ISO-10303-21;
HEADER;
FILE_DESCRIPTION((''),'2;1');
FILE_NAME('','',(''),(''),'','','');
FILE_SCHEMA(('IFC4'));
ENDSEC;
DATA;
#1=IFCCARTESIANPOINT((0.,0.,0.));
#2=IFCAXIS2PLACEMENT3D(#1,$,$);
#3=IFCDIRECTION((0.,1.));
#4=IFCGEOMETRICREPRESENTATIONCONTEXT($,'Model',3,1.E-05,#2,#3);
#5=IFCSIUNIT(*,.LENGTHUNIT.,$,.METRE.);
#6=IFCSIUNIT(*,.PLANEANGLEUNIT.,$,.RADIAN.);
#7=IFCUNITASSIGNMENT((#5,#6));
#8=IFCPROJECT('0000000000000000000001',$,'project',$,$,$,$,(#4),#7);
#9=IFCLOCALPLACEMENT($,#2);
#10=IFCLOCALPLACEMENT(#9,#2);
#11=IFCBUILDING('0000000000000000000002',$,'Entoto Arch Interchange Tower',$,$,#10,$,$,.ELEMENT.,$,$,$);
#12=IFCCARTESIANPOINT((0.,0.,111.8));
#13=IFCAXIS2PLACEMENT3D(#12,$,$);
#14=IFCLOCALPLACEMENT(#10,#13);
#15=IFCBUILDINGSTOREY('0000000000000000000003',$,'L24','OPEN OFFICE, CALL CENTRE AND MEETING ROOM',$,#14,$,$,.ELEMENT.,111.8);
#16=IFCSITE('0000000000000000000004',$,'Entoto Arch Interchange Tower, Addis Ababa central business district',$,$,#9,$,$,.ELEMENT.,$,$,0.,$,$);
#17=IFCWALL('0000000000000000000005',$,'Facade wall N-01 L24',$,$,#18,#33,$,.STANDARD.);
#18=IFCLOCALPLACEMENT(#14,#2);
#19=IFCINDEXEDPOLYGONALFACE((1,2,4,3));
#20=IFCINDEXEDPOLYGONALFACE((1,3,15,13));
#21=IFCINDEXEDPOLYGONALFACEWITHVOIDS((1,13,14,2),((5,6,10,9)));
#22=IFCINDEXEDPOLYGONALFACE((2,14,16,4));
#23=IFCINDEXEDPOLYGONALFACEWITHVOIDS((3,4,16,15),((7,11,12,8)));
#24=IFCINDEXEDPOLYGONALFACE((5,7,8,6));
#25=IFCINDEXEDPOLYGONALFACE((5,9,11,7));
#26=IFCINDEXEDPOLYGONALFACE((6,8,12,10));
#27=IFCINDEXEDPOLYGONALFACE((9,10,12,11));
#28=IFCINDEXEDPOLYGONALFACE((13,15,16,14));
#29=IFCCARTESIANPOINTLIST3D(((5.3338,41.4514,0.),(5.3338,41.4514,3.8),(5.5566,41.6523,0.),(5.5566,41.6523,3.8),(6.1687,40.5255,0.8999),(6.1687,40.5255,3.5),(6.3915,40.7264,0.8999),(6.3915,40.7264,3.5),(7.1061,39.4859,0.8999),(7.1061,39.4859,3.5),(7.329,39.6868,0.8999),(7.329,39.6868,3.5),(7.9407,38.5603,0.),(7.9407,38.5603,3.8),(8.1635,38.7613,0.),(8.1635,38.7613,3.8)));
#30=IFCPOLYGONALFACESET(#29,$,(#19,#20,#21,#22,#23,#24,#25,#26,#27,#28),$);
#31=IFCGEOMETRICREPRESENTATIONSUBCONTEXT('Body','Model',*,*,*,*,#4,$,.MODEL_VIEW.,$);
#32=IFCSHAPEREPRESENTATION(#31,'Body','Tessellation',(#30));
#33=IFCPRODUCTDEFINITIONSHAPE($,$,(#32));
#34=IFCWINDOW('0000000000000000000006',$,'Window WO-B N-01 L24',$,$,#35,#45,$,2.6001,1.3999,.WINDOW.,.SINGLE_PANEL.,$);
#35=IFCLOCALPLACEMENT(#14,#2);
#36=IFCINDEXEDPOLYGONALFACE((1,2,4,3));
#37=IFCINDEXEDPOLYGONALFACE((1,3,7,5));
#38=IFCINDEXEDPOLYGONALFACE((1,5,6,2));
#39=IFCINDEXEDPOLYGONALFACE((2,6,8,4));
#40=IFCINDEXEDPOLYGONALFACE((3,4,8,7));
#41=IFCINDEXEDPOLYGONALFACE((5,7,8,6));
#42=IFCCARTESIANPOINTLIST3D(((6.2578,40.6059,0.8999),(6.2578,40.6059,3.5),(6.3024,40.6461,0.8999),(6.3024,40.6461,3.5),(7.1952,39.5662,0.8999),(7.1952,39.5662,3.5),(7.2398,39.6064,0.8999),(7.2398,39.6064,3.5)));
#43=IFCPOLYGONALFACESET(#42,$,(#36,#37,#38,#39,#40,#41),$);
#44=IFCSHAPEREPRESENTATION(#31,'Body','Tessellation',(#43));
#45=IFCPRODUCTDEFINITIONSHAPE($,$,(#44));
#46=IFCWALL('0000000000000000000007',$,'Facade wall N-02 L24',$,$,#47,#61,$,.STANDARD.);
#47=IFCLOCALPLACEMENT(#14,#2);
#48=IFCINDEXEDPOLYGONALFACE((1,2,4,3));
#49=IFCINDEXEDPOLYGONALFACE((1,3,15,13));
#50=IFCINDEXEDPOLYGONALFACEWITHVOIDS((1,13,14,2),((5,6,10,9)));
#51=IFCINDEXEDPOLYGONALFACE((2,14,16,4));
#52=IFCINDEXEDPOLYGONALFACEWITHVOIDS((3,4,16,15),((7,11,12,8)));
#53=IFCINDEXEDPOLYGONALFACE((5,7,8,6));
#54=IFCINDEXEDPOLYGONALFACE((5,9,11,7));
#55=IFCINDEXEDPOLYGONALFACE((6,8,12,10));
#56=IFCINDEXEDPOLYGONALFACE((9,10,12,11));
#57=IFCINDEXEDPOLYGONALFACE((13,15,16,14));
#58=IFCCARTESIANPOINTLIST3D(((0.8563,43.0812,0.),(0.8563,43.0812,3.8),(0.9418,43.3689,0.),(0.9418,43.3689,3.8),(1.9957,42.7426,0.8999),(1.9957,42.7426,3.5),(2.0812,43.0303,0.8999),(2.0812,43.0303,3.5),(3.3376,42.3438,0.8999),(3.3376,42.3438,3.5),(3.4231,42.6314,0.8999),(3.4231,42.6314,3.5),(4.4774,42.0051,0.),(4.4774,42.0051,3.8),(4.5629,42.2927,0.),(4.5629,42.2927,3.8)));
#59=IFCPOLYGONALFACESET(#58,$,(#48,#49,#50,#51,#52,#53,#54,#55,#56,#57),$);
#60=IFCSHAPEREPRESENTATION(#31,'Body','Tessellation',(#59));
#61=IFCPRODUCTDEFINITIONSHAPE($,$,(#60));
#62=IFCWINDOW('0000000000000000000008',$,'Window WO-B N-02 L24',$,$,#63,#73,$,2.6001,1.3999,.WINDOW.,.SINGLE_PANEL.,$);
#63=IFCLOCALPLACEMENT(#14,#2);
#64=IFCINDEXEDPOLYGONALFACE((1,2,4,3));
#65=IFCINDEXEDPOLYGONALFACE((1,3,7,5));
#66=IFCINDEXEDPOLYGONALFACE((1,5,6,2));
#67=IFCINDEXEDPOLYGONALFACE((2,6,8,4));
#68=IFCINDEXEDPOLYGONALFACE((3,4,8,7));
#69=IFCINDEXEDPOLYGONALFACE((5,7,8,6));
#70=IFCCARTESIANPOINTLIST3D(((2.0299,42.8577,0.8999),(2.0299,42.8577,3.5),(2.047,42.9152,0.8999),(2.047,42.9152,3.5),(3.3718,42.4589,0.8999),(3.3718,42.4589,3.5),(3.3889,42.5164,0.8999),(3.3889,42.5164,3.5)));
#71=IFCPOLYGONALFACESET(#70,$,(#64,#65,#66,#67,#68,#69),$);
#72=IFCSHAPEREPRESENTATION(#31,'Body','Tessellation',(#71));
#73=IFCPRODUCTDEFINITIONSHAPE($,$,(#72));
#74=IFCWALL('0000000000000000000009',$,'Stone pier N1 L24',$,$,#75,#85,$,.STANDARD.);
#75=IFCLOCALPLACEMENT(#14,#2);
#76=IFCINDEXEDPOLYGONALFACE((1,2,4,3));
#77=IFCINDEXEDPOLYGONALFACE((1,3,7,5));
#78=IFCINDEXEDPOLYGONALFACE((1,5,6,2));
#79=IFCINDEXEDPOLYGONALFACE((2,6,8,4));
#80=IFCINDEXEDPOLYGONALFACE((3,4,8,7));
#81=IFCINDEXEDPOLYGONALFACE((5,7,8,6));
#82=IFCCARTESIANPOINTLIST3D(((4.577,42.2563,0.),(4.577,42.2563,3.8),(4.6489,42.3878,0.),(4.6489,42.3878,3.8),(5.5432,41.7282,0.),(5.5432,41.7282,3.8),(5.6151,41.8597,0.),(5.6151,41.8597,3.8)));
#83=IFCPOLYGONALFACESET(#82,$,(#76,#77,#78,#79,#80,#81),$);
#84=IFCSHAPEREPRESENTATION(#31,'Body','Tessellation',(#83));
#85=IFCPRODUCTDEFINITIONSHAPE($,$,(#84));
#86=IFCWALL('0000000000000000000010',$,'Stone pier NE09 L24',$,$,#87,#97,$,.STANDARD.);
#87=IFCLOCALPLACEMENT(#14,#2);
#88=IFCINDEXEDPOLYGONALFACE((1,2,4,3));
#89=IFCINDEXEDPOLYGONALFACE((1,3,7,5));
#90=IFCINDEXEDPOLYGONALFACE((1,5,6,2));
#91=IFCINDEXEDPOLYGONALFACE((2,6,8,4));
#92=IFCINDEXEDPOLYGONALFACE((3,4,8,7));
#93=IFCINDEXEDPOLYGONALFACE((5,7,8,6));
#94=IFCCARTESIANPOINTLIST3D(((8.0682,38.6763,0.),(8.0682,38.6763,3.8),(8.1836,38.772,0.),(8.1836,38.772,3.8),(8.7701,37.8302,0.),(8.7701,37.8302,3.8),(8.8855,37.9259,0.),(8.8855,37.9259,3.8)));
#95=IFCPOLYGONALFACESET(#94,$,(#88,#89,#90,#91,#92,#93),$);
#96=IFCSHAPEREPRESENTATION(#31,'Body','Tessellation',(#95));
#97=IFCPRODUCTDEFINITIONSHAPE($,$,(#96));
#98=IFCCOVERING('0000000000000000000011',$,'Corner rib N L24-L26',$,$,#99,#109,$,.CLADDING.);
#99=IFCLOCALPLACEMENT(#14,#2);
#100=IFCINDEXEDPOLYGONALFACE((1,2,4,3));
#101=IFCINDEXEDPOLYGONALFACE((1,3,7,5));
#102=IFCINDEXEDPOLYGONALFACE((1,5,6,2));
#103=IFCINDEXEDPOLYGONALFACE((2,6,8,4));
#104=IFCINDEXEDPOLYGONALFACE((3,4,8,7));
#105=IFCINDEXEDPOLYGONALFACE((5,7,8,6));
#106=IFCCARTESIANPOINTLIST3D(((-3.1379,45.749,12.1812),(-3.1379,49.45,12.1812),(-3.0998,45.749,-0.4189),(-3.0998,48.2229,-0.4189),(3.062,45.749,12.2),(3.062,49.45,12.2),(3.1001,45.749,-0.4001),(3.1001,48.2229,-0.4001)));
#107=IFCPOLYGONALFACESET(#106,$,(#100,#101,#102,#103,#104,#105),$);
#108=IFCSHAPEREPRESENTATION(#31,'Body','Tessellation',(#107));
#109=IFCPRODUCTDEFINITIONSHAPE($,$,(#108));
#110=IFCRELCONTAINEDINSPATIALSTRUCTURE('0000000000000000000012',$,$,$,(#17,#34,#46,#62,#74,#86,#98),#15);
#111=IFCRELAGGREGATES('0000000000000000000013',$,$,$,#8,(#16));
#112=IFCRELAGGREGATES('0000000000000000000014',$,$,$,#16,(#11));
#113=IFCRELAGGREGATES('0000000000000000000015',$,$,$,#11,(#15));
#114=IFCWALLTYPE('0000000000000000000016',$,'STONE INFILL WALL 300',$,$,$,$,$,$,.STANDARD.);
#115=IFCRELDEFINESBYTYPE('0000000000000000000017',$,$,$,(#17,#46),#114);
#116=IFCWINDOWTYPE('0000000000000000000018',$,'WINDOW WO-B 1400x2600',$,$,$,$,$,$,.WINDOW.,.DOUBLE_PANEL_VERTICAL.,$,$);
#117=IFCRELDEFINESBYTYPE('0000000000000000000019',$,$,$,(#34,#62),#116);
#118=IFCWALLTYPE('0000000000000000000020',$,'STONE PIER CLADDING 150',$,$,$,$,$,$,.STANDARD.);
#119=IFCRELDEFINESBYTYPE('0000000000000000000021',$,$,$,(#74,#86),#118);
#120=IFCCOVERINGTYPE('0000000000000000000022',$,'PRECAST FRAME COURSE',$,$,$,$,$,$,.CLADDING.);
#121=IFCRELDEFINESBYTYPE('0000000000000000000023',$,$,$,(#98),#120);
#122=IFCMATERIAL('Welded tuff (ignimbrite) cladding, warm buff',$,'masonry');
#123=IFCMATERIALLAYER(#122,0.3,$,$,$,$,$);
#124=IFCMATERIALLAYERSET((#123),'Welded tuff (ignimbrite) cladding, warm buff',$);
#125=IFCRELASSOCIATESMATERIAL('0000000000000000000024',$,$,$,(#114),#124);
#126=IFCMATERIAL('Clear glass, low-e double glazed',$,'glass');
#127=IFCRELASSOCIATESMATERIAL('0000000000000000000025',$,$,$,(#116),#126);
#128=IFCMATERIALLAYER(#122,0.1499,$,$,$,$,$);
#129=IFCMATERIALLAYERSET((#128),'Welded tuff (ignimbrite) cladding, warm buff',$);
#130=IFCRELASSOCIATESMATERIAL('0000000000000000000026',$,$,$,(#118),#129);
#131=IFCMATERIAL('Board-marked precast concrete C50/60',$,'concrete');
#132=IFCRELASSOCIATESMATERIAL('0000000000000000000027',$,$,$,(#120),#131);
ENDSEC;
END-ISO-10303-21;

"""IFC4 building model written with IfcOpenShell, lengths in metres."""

from ifc_helpers import new_model, si_unit, direction, frame, frame_2d, origin, place, context, subcontext, project, spatial, polyline, rectangle, outline, extrude, material, layer, layer_set, type_object, element, fill, save


model = new_model("IFC4")

# Units and contexts
model_context = context("Model", 3, precision=1e-05, world=origin(), true_north=direction((0.0, 1.0)))
body_context = subcontext(model_context, "Body", "Model", "MODEL_VIEW")
ifc_project = project(units=[si_unit("LENGTHUNIT", "METRE"), si_unit("PLANEANGLEUNIT", "RADIAN")], contexts=[model_context])

# Site, building, storey
site_placement = place(None, origin())
site = spatial("IfcSite", under=ifc_project, at=site_placement, Name="Entoto Arch Interchange Tower, Addis Ababa central business district", CompositionType="ELEMENT", RefElevation=0.0)
building_placement = place(site_placement, origin())
building = spatial("IfcBuilding", under=site, at=building_placement, Name="Entoto Arch Interchange Tower", CompositionType="ELEMENT")
storey_placement = place(building_placement, frame((0.0, 0.0, 111.8)))
storey = spatial("IfcBuildingStorey", under=building, at=storey_placement, Name="L24", Description="OPEN OFFICE, CALL CENTRE AND MEETING ROOM", CompositionType="ELEMENT", Elevation=111.8)

# Shared definitions
ifc_material_1 = material(Name="Welded tuff (ignimbrite) cladding, warm buff", Category="masonry")
ifc_layer_1 = layer(ifc_material_1, 0.3)
ifc_layer_set_1 = layer_set([ifc_layer_1], Name="Welded tuff (ignimbrite) cladding, warm buff")
wall_type_1 = type_object("IfcWallType", Name="STONE INFILL WALL 300", PredefinedType="STANDARD", material=ifc_layer_set_1)
ifc_material_2 = material(Name="Clear glass, low-e double glazed", Category="glass")

# Walls, openings, windows
wall_1_placement = place(storey_placement, frame((8.052, 38.6609, 0.0), z_axis=(0.0, 0.0, 1.0), x_axis=(-0.669664, 0.742664, 0.0)))
wall_1 = element("IfcWall", 1, at=wall_1_placement, inside=storey, type_object=wall_type_1, Name="Facade wall N-01 L24", PredefinedType="STANDARD", context=body_context, shape_type="SweptSolid", body=[
    extrude(rectangle(XDim=3.8928, YDim=0.3, at=frame_2d((1.9463, 0.0))), origin(), (0.0, 0.0, 1.0), 3.8),
])
opening_1_placement = place(wall_1_placement, frame((1.2461, 0.0, 0.8999)))
opening_1 = element("IfcOpeningElement", 2, at=opening_1_placement, cuts=wall_1, PredefinedType="OPENING", context=body_context, shape_type="SweptSolid", body=[
    extrude(rectangle(XDim=1.3999, YDim=2.6001, at=frame_2d((0.7, 1.3))), frame((0.0, 0.1602, 0.0), z_axis=(0.0, -1.0, 0.0), x_axis=(1.0, 0.0, 0.0)), (0.0, 0.0, 1.0), 0.3201),
])
window_type_1 = type_object("IfcWindowType", Name="WINDOW WO-B 1400x2600", PartitioningType="DOUBLE_PANEL_VERTICAL", PredefinedType="WINDOW", material=ifc_material_2)
window_1_placement = place(opening_1_placement, origin())
window_1 = element("IfcWindow", 3, at=window_1_placement, inside=storey, type_object=window_type_1, Name="Window WO-B N-01 L24", OverallHeight=2.6001, OverallWidth=1.3999, PartitioningType="SINGLE_PANEL", PredefinedType="WINDOW", context=body_context, shape_type="SweptSolid", body=[
    extrude(rectangle(XDim=1.3999, YDim=2.6001, at=frame_2d((0.7, 1.3))), frame((0.0, 0.03, 0.0), z_axis=(0.0, -1.0, 0.0), x_axis=(1.0, 0.0, 0.0)), (0.0, 0.0, 1.0), 0.0601),
])
fill(opening_1, window_1)
wall_2_placement = place(storey_placement, frame((4.52, 42.1489, 0.0), z_axis=(0.0, 0.0, 1.0), x_axis=(-0.958563, 0.28488, 0.0)))
wall_2 = element("IfcWall", 4, at=wall_2_placement, inside=storey, type_object=wall_type_1, Name="Facade wall N-02 L24", PredefinedType="STANDARD", context=body_context, shape_type="SweptSolid", body=[
    extrude(rectangle(XDim=3.7776, YDim=0.3, at=frame_2d((1.8887, 0.0))), origin(), (0.0, 0.0, 1.0), 3.8),
])
opening_2_placement = place(wall_2_placement, frame((1.189, 0.0, 0.8999)))
opening_2 = element("IfcOpeningElement", 5, at=opening_2_placement, cuts=wall_2, PredefinedType="OPENING", context=body_context, shape_type="SweptSolid", body=[
    extrude(rectangle(XDim=1.3999, YDim=2.6001, at=frame_2d((0.7, 1.3))), frame((0.0, 0.1602, 0.0), z_axis=(0.0, -1.0, 0.0), x_axis=(1.0, 0.0, 0.0)), (0.0, 0.0, 1.0), 0.3201),
])
window_2_placement = place(opening_2_placement, origin())
window_2 = element("IfcWindow", 6, at=window_2_placement, inside=storey, type_object=window_type_1, Name="Window WO-B N-02 L24", OverallHeight=2.6001, OverallWidth=1.3999, PartitioningType="SINGLE_PANEL", PredefinedType="WINDOW", context=body_context, shape_type="SweptSolid", body=[
    extrude(rectangle(XDim=1.3999, YDim=2.6001, at=frame_2d((0.7, 1.3))), frame((0.0, 0.03, 0.0), z_axis=(0.0, -1.0, 0.0), x_axis=(1.0, 0.0, 0.0)), (0.0, 0.0, 1.0), 0.0601),
])
fill(opening_2, window_2)

# Walls
ifc_layer_2 = layer(ifc_material_1, 0.1499)
ifc_layer_set_2 = layer_set([ifc_layer_2], Name="Welded tuff (ignimbrite) cladding, warm buff")
wall_type_2 = type_object("IfcWallType", Name="STONE PIER CLADDING 150", PredefinedType="STANDARD", material=ifc_layer_set_2)
wall_3_placement = place(storey_placement, frame((5.5791, 41.7939, 0.0), z_axis=(0.0, 0.0, 1.0), x_axis=(-0.877463, 0.479644, 0.0)))
element("IfcWall", 7, at=wall_3_placement, inside=storey, type_object=wall_type_2, Name="Stone pier N1 L24", PredefinedType="STANDARD", context=body_context, shape_type="SweptSolid", body=[
    extrude(rectangle(XDim=1.1011, YDim=0.1499, at=frame_2d((0.5505, 0.0))), origin(), (0.0, 0.0, 1.0), 3.8),
])
wall_4_placement = place(storey_placement, frame((8.8279, 37.8779, 0.0), z_axis=(0.0, 0.0, 1.0), x_axis=(-0.638435, 0.769675, 0.0)))
element("IfcWall", 8, at=wall_4_placement, inside=storey, type_object=wall_type_2, Name="Stone pier NE09 L24", PredefinedType="STANDARD", context=body_context, shape_type="SweptSolid", body=[
    extrude(rectangle(XDim=1.0994, YDim=0.1499, at=frame_2d((0.5498, 0.0))), origin(), (0.0, 0.0, 1.0), 3.8),
])

# Covering
ifc_material_3 = material(Name="Board-marked precast concrete C50/60", Category="concrete")
covering_type = type_object("IfcCoveringType", Name="PRECAST FRAME COURSE", PredefinedType="CLADDING", material=ifc_material_3)
covering_placement = place(storey_placement, frame((3.1001, 45.749, -0.4001), z_axis=(0.999995, 0.0, 0.003023), x_axis=(0.0, 1.0, 0.0)))
element("IfcCovering", 9, at=covering_placement, inside=storey, type_object=covering_type, Name="Corner rib N L24-L26", PredefinedType="CLADDING", context=body_context, shape_type="SweptSolid", body=[
    extrude(outline(polyline([(0.0, 0.0), (2.4739, 0.0), (3.7009, 12.6002), (0.0, 12.6002), (0.0, 0.0)])), origin(), (0.0, 0.0, -1.0), 6.2),
])

save(model, "model.ifc")
